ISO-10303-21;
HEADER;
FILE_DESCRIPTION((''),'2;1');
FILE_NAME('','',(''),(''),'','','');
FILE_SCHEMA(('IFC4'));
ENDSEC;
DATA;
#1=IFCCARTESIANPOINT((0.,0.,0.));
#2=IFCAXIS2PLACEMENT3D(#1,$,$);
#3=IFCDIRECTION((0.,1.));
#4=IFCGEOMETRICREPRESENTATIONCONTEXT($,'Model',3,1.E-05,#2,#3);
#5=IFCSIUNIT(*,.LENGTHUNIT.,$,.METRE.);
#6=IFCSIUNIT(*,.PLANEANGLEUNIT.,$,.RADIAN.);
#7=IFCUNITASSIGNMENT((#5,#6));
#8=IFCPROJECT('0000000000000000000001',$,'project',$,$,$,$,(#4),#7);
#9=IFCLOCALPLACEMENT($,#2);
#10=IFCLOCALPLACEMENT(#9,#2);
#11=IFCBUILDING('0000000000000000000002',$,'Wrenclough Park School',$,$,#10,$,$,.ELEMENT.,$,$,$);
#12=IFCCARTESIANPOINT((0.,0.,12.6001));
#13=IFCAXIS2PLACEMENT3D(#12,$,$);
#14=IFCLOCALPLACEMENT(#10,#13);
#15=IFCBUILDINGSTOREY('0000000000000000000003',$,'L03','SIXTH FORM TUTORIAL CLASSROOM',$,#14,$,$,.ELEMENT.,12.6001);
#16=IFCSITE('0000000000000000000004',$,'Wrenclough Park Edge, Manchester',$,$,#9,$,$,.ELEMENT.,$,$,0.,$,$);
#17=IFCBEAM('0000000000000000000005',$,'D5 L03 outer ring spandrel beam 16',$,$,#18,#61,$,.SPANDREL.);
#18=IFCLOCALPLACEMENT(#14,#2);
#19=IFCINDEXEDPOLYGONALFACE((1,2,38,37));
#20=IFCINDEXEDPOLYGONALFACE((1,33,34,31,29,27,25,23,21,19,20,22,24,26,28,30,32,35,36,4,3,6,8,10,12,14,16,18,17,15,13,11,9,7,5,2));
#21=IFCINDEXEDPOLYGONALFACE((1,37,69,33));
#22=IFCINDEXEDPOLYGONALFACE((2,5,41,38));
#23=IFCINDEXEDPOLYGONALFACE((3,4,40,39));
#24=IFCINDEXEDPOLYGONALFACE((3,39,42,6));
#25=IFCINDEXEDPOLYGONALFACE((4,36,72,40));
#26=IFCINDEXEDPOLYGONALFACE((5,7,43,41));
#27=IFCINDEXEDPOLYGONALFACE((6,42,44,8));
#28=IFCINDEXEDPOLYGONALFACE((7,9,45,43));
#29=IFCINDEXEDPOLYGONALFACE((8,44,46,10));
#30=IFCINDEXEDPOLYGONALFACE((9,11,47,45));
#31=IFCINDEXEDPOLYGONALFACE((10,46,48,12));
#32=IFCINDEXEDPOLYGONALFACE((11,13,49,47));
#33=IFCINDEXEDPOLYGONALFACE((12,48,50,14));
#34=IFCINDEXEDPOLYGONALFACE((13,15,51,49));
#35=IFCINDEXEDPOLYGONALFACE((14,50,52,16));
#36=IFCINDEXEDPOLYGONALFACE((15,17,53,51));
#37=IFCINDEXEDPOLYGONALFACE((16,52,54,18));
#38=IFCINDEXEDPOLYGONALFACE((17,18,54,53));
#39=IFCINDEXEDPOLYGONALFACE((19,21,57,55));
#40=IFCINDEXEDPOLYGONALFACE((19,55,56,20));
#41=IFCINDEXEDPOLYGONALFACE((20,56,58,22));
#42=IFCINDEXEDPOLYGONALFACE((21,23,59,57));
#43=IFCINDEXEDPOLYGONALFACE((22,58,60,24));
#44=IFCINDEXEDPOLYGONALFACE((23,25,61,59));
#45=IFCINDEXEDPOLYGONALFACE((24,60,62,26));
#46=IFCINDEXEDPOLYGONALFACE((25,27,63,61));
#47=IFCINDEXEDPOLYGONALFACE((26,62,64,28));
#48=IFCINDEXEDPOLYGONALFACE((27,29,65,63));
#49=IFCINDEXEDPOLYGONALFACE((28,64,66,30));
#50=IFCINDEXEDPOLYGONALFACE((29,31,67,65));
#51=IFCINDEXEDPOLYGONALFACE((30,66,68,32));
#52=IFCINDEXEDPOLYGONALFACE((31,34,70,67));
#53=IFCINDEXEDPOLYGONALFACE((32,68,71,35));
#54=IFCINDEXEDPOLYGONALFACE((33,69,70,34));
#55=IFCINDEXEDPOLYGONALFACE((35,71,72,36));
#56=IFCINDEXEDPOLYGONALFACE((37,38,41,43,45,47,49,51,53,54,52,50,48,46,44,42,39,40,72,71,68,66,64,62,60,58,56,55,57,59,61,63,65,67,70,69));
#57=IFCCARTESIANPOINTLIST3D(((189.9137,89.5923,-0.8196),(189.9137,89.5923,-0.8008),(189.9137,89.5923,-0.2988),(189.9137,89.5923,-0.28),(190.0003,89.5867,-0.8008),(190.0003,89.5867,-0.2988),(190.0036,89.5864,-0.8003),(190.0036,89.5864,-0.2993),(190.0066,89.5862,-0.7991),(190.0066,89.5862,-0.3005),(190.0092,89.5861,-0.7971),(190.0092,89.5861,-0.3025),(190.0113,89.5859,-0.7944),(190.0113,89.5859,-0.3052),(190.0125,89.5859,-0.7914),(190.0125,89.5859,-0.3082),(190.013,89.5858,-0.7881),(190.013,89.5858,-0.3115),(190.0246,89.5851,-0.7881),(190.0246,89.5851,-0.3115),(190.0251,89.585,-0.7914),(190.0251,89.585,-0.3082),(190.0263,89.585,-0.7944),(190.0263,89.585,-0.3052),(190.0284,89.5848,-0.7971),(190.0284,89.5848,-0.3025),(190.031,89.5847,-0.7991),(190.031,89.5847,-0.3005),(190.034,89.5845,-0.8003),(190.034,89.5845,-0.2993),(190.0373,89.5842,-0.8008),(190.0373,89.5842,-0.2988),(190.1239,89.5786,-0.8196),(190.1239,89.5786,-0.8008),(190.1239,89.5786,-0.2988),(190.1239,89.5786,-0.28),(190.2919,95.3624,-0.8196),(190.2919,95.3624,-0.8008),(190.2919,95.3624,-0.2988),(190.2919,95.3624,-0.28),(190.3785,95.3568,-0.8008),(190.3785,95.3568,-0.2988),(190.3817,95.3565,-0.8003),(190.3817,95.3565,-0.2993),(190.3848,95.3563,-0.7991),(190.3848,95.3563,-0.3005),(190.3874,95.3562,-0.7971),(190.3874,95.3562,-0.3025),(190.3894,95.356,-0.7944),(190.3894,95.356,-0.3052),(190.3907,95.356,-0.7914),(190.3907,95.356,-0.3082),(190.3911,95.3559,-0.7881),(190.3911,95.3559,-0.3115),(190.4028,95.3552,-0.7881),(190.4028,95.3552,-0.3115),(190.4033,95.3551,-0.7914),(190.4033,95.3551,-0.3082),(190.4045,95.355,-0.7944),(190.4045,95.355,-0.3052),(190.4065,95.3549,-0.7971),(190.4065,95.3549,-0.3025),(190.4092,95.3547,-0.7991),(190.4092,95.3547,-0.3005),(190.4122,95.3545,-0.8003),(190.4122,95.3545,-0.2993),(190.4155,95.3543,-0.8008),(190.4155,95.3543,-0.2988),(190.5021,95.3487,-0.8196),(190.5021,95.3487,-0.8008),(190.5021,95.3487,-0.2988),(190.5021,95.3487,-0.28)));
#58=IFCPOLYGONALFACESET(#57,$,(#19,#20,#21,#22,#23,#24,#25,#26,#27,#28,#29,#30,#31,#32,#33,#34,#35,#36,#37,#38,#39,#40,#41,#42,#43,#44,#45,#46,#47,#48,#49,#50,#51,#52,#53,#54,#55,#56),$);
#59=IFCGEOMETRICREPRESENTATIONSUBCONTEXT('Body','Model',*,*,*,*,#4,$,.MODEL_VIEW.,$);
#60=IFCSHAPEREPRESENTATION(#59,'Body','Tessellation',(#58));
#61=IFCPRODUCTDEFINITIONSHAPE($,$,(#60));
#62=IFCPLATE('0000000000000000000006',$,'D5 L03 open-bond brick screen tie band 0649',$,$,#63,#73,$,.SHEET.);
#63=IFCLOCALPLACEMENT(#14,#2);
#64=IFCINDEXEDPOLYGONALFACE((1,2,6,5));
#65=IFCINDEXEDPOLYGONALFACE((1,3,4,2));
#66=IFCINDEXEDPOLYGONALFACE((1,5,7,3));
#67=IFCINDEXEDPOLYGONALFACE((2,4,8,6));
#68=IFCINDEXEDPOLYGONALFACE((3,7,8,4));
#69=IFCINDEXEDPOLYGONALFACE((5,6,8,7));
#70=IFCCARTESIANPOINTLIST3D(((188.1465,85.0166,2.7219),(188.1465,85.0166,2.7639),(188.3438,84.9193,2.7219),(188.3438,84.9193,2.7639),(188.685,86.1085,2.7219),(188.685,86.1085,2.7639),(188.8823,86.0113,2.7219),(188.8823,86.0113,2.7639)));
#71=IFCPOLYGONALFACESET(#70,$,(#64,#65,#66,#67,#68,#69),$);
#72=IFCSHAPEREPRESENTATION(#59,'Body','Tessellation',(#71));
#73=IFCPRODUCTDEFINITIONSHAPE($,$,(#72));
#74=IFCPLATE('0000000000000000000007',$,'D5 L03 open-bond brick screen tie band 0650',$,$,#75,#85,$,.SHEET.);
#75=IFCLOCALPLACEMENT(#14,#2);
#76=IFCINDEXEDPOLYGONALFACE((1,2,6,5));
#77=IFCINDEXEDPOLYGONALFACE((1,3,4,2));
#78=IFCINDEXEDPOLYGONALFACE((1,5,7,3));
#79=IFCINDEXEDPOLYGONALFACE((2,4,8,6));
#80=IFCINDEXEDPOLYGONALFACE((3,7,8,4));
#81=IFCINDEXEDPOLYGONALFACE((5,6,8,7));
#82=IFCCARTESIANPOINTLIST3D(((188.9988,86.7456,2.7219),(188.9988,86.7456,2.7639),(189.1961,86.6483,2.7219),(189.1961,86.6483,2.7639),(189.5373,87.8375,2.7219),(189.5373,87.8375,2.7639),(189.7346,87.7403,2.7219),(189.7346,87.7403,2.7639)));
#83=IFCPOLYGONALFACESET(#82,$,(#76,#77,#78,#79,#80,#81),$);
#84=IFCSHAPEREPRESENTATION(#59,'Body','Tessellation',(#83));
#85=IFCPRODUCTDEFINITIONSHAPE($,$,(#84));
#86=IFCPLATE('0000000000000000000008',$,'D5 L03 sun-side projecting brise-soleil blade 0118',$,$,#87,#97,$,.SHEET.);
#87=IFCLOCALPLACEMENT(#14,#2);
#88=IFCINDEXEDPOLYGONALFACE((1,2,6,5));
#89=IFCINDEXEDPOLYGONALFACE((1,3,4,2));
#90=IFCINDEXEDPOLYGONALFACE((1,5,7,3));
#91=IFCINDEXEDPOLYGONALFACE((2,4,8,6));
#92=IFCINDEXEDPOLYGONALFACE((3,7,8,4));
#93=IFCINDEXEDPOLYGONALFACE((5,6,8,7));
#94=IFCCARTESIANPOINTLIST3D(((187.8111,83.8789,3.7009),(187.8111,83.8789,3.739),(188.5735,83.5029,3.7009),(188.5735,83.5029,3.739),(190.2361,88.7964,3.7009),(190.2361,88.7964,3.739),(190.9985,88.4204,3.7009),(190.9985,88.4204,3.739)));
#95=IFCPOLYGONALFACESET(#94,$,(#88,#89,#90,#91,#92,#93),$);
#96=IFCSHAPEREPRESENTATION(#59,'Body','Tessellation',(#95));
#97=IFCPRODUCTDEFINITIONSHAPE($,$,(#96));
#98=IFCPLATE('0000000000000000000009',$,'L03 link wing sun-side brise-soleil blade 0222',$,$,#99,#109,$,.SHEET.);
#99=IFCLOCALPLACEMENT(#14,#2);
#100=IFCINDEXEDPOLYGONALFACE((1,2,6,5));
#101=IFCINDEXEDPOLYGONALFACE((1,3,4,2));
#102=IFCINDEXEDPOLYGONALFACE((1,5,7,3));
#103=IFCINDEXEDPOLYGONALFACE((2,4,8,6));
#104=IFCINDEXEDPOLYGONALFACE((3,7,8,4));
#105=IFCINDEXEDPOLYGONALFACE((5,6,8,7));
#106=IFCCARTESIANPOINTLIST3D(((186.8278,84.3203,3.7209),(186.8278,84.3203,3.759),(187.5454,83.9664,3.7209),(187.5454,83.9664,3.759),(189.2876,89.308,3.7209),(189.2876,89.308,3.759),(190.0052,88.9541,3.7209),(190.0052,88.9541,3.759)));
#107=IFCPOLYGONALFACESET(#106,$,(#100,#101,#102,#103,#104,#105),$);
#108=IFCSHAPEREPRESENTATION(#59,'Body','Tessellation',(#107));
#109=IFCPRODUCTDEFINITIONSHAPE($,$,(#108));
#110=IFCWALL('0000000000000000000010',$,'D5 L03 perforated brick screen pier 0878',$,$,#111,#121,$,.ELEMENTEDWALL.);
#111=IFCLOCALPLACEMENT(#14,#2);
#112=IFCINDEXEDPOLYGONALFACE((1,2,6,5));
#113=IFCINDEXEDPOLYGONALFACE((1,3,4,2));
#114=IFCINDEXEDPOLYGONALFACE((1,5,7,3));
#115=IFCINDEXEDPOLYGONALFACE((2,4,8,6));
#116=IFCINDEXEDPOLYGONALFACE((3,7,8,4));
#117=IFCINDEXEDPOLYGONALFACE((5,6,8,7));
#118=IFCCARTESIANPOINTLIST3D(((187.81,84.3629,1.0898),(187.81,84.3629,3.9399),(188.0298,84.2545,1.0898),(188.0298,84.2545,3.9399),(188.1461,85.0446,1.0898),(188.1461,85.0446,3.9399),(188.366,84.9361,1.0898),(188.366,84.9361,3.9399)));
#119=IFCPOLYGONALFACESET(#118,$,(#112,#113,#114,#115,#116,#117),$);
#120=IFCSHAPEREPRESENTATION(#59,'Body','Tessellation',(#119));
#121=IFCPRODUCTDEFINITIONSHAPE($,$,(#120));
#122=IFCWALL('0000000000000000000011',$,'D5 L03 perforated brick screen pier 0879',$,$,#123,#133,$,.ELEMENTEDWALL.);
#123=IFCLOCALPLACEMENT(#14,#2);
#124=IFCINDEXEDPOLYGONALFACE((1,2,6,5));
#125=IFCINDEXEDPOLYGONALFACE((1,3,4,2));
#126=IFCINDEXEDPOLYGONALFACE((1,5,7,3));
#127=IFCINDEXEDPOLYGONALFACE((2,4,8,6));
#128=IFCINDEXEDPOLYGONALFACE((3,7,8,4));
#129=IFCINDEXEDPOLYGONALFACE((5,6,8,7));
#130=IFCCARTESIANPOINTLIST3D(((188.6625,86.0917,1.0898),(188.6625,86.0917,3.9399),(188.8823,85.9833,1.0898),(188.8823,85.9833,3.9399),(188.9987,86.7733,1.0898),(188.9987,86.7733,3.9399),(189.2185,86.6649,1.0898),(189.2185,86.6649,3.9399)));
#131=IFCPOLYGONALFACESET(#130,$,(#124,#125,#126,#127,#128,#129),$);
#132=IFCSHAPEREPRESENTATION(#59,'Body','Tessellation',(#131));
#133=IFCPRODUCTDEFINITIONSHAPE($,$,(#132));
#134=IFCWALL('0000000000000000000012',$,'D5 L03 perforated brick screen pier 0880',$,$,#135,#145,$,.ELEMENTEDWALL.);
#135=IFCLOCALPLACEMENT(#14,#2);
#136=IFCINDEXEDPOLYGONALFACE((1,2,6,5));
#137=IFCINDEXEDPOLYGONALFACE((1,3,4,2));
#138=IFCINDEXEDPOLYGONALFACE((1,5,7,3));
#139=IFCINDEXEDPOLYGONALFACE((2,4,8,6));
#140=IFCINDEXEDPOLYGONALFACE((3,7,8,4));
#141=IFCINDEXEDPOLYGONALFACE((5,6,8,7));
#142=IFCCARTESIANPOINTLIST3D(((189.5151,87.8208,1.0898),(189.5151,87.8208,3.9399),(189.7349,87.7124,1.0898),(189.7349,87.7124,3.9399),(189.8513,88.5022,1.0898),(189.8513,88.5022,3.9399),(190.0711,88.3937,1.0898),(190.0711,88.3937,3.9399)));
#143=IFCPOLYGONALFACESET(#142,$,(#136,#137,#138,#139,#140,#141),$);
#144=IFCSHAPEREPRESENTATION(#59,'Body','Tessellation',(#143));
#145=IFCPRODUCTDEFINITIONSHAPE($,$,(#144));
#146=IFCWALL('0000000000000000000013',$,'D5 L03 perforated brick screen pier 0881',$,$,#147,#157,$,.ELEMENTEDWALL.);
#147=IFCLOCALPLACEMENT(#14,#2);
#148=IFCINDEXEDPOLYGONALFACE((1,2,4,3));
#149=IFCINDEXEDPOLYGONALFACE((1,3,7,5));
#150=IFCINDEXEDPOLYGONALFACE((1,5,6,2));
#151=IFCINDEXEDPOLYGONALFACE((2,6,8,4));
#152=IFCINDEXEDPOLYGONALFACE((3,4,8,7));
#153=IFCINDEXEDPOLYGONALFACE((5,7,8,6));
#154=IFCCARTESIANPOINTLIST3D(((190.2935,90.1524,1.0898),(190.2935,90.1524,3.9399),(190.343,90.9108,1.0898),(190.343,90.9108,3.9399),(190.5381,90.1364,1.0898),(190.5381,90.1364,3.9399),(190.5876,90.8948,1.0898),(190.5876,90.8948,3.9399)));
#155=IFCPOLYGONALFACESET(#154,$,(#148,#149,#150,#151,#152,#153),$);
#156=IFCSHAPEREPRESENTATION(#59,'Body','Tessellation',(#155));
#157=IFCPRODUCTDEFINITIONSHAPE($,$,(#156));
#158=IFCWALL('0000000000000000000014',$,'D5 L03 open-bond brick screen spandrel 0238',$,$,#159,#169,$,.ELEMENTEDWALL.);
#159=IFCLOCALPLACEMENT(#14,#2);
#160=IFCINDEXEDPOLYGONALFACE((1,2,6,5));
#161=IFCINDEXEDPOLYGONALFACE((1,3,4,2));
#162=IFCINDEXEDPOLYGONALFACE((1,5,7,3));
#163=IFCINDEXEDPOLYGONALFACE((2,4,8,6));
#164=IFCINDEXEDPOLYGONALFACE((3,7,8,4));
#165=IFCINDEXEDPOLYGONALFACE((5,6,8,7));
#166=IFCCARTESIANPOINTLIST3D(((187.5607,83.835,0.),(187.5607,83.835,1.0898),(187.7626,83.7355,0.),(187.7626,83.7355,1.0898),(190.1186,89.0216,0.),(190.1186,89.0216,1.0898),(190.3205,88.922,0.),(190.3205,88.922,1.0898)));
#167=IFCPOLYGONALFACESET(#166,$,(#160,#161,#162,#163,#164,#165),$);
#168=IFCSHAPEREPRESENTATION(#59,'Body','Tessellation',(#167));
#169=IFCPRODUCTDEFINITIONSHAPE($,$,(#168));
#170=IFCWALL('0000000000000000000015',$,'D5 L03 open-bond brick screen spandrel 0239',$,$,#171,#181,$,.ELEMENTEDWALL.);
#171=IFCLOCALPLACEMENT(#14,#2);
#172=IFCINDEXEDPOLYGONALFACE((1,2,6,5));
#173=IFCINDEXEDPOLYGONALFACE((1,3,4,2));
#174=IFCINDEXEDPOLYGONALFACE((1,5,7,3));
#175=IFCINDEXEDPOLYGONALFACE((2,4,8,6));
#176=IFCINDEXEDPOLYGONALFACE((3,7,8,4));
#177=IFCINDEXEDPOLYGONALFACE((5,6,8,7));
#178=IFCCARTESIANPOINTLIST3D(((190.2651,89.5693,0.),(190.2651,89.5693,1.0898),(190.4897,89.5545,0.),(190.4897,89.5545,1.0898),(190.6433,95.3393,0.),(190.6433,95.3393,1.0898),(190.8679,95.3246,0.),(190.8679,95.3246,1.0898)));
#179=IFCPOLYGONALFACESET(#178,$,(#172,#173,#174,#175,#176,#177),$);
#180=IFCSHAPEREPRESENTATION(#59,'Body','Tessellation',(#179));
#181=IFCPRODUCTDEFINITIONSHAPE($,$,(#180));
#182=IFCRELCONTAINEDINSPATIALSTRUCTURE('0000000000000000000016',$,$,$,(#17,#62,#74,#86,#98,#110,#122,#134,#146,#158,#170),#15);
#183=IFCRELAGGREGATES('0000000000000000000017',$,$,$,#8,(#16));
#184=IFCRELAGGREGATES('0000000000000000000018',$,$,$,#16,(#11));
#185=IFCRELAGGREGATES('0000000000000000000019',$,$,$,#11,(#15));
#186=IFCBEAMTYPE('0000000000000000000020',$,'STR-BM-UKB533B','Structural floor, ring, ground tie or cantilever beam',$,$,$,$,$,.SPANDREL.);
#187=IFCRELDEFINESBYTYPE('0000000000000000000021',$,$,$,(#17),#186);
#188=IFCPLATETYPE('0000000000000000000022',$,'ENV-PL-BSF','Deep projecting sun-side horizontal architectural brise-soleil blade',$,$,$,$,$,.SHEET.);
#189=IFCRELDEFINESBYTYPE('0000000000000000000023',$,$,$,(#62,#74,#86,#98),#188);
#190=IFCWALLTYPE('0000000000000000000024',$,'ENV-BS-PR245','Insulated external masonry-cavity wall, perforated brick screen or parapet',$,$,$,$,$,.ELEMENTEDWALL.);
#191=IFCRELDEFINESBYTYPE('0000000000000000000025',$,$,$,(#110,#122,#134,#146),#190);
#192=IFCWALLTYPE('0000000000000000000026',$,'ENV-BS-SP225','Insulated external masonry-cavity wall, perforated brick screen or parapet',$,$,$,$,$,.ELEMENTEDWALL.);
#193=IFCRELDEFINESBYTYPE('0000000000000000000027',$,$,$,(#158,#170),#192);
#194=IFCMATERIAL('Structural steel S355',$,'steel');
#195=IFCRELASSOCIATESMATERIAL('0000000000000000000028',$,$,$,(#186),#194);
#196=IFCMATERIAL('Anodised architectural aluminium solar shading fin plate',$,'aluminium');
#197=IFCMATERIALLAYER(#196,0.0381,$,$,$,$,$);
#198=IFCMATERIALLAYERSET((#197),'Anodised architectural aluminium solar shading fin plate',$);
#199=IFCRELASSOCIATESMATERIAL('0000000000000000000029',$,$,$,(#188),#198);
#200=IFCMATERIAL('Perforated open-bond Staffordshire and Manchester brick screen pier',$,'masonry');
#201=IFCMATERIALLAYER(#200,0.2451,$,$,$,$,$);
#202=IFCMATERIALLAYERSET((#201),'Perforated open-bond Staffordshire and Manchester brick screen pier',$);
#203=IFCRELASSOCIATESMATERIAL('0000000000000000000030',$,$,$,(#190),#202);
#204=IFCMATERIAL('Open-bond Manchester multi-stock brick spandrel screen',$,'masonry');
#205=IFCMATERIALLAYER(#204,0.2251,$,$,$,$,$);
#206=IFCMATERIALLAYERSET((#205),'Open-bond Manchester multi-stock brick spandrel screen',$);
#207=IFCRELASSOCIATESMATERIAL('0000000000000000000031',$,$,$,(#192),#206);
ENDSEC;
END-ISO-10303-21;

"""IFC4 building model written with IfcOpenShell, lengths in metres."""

from ifc_helpers import new_model, si_unit, direction, frame, frame_2d, origin, origin_2d, place, context, subcontext, project, spatial, rectangle, i_section, extrude, material, layer, layer_set, material_profile, profile_set, type_object, element, save


model = new_model("IFC4")

# Units and contexts
model_context = context("Model", 3, precision=1e-05, world=origin(), true_north=direction((0.0, 1.0)))
body_context = subcontext(model_context, "Body", "Model", "MODEL_VIEW")
ifc_project = project(units=[si_unit("LENGTHUNIT", "METRE"), si_unit("PLANEANGLEUNIT", "RADIAN")], contexts=[model_context])

# Site, building, storey
site_placement = place(None, origin())
site = spatial("IfcSite", under=ifc_project, at=site_placement, Name="Wrenclough Park Edge, Manchester", CompositionType="ELEMENT", RefElevation=0.0)
building_placement = place(site_placement, origin())
building = spatial("IfcBuilding", under=site, at=building_placement, Name="Wrenclough Park School", CompositionType="ELEMENT")
storey_placement = place(building_placement, frame((0.0, 0.0, 12.6001)))
storey = spatial("IfcBuildingStorey", under=building, at=storey_placement, Name="L03", Description="SIXTH FORM TUTORIAL CLASSROOM", CompositionType="ELEMENT", Elevation=12.6001)

# Beam
ifc_material_1 = material(Name="Structural steel S355", Category="steel")
ifc_material_profile_1 = material_profile(ifc_material_1, i_section(OverallWidth=0.2107, OverallDepth=0.5396, WebThickness=0.0117, FlangeThickness=0.0188, FilletRadius=0.0127, at=origin_2d()), Name="UKB 533x210x109")
ifc_profile_set_1 = profile_set([ifc_material_profile_1], Name="Structural steel S355")
beam_type_1 = type_object("IfcBeamType", Name="STR-BM-UKB533B", Description="Structural floor, ring, ground tie or cantilever beam", PredefinedType="SPANDREL", material=ifc_profile_set_1)
beam_1_placement = place(storey_placement, frame((190.0188, 89.5854, -0.5498), z_axis=(0.065401, 0.997859, 0.0), x_axis=(-0.997859, 0.065401, 0.0)))
element("IfcBeam", 1, at=beam_1_placement, inside=storey, type_object=beam_type_1, Name="D5 L03 outer ring spandrel beam 16", PredefinedType="SPANDREL", context=body_context, shape_type="SweptSolid", body=[
    extrude(i_section(OverallWidth=0.2107, OverallDepth=0.5396, WebThickness=0.0117, FlangeThickness=0.0188, FilletRadius=0.0127, at=origin_2d()), origin(), (0.0, 0.0, 1.0), 5.7825),
])

# Plates
ifc_material_2 = material(Name="Anodised architectural aluminium solar shading fin plate", Category="aluminium")
ifc_layer_1 = layer(ifc_material_2, 0.0381)
ifc_layer_set_1 = layer_set([ifc_layer_1], Name="Anodised architectural aluminium solar shading fin plate")
plate_type = type_object("IfcPlateType", Name="ENV-PL-BSF", Description="Deep projecting sun-side horizontal architectural brise-soleil blade", PredefinedType="SHEET", material=ifc_layer_set_1)
for number, where, z_axis, x_axis, name in (
    (2, (188.5144, 85.5139, 2.7219), (0.0, 0.0, 1.0), (0.442289, 0.896873, 0.0), "D5 L03 open-bond brick screen tie band 0649"),
    (3, (189.3667, 87.2429, 2.7219), (0.0, 0.0, 1.0), (0.442289, 0.896873, 0.0), "D5 L03 open-bond brick screen tie band 0650"),
):
    element("IfcPlate", number, at=place(storey_placement, frame(where, z_axis=z_axis, x_axis=x_axis)), inside=storey, type_object=plate_type, Name=name, PredefinedType="SHEET", context=body_context, shape_type="SweptSolid", body=[
        extrude(rectangle(XDim=1.2175, YDim=0.22, at=origin_2d()), origin(), (0.0, 0.0, 1.0), 0.042),
    ])
plate_1_placement = place(storey_placement, frame((189.4048, 86.1497, 3.7009), z_axis=(0.0, 0.0, 1.0), x_axis=(0.442289, 0.896873, 0.0)))
element("IfcPlate", 4, at=plate_1_placement, inside=storey, type_object=plate_type, Name="D5 L03 sun-side projecting brise-soleil blade 0118", PredefinedType="SHEET", context=body_context, shape_type="SweptSolid", body=[
    extrude(rectangle(XDim=5.4829, YDim=0.8501, at=origin_2d()), origin(), (0.0, 0.0, 1.0), 0.0381),
])
plate_2_placement = place(storey_placement, frame((188.4165, 86.6372, 3.7209), z_axis=(0.0, 0.0, 1.0), x_axis=(-0.442309, -0.896863, 0.0)))
element("IfcPlate", 5, at=plate_2_placement, inside=storey, type_object=plate_type, Name="L03 link wing sun-side brise-soleil blade 0222", PredefinedType="SHEET", context=body_context, shape_type="SweptSolid", body=[
    extrude(rectangle(XDim=5.5613, YDim=0.8, at=origin_2d()), origin(), (0.0, 0.0, 1.0), 0.0381),
])

# Walls
ifc_material_3 = material(Name="Perforated open-bond Staffordshire and Manchester brick screen pier", Category="masonry")
ifc_layer_2 = layer(ifc_material_3, 0.2451)
ifc_layer_set_2 = layer_set([ifc_layer_2], Name="Perforated open-bond Staffordshire and Manchester brick screen pier")
wall_type_1 = type_object("IfcWallType", Name="ENV-BS-PR245", Description="Insulated external masonry-cavity wall, perforated brick screen or parapet", PredefinedType="ELEMENTEDWALL", material=ifc_layer_set_2)
for number, where, z_axis, x_axis, name in (
    (6, (187.9199, 84.3088, 1.0898), (0.0, 0.0, 1.0), (0.442324, 0.896855, 0.0), "D5 L03 perforated brick screen pier 0878"),
    (7, (188.7725, 86.0376, 1.0898), (0.0, 0.0, 1.0), (0.442324, 0.896855, 0.0), "D5 L03 perforated brick screen pier 0879"),
):
    element("IfcWall", number, at=place(storey_placement, frame(where, z_axis=z_axis, x_axis=x_axis)), inside=storey, type_object=wall_type_1, Name=name, PredefinedType="ELEMENTEDWALL", context=body_context, shape_type="SweptSolid", body=[
        extrude(rectangle(XDim=0.76, YDim=0.2451, at=frame_2d((0.3799, 0.0))), origin(), (0.0, 0.0, 1.0), 2.8501),
    ])
wall_1_placement = place(storey_placement, frame((189.625, 87.7666, 1.0898), z_axis=(0.0, 0.0, 1.0), x_axis=(0.442452, 0.896792, 0.0)))
element("IfcWall", 8, at=wall_1_placement, inside=storey, type_object=wall_type_1, Name="D5 L03 perforated brick screen pier 0880", PredefinedType="ELEMENTEDWALL", context=body_context, shape_type="SweptSolid", body=[
    extrude(rectangle(XDim=0.7598, YDim=0.2451, at=frame_2d((0.3799, 0.0))), origin(), (0.0, 0.0, 1.0), 2.8501),
])
wall_2_placement = place(storey_placement, frame((190.4158, 90.1445, 1.0898), z_axis=(0.0, 0.0, 1.0), x_axis=(0.065218, 0.997871, 0.0)))
element("IfcWall", 9, at=wall_2_placement, inside=storey, type_object=wall_type_1, Name="D5 L03 perforated brick screen pier 0881", PredefinedType="ELEMENTEDWALL", context=body_context, shape_type="SweptSolid", body=[
    extrude(rectangle(XDim=0.76, YDim=0.2451, at=frame_2d((0.3799, 0.0))), origin(), (0.0, 0.0, 1.0), 2.8501),
])
ifc_material_4 = material(Name="Open-bond Manchester multi-stock brick spandrel screen", Category="masonry")
ifc_layer_3 = layer(ifc_material_4, 0.2251)
ifc_layer_set_3 = layer_set([ifc_layer_3], Name="Open-bond Manchester multi-stock brick spandrel screen")
wall_type_2 = type_object("IfcWallType", Name="ENV-BS-SP225", Description="Insulated external masonry-cavity wall, perforated brick screen or parapet", PredefinedType="ELEMENTEDWALL", material=ifc_layer_set_3)
wall_3_placement = place(storey_placement, frame((187.6616, 83.7852, 0.0), z_axis=(0.0, 0.0, 1.0), x_axis=(0.44231, 0.896862, 0.0)))
element("IfcWall", 10, at=wall_3_placement, inside=storey, type_object=wall_type_2, Name="D5 L03 open-bond brick screen spandrel 0238", PredefinedType="ELEMENTEDWALL", context=body_context, shape_type="SweptSolid", body=[
    extrude(rectangle(XDim=5.783, YDim=0.2251, at=frame_2d((2.8916, 0.0))), origin(), (0.0, 0.0, 1.0), 1.0898),
])
wall_4_placement = place(storey_placement, frame((190.3774, 89.562, 0.0), z_axis=(0.0, 0.0, 1.0), x_axis=(0.065401, 0.997859, 0.0)))
element("IfcWall", 11, at=wall_4_placement, inside=storey, type_object=wall_type_2, Name="D5 L03 open-bond brick screen spandrel 0239", PredefinedType="ELEMENTEDWALL", context=body_context, shape_type="SweptSolid", body=[
    extrude(rectangle(XDim=5.7825, YDim=0.2251, at=frame_2d((2.8911, 0.0))), origin(), (0.0, 0.0, 1.0), 1.0898),
])

save(model, "model.ifc")
